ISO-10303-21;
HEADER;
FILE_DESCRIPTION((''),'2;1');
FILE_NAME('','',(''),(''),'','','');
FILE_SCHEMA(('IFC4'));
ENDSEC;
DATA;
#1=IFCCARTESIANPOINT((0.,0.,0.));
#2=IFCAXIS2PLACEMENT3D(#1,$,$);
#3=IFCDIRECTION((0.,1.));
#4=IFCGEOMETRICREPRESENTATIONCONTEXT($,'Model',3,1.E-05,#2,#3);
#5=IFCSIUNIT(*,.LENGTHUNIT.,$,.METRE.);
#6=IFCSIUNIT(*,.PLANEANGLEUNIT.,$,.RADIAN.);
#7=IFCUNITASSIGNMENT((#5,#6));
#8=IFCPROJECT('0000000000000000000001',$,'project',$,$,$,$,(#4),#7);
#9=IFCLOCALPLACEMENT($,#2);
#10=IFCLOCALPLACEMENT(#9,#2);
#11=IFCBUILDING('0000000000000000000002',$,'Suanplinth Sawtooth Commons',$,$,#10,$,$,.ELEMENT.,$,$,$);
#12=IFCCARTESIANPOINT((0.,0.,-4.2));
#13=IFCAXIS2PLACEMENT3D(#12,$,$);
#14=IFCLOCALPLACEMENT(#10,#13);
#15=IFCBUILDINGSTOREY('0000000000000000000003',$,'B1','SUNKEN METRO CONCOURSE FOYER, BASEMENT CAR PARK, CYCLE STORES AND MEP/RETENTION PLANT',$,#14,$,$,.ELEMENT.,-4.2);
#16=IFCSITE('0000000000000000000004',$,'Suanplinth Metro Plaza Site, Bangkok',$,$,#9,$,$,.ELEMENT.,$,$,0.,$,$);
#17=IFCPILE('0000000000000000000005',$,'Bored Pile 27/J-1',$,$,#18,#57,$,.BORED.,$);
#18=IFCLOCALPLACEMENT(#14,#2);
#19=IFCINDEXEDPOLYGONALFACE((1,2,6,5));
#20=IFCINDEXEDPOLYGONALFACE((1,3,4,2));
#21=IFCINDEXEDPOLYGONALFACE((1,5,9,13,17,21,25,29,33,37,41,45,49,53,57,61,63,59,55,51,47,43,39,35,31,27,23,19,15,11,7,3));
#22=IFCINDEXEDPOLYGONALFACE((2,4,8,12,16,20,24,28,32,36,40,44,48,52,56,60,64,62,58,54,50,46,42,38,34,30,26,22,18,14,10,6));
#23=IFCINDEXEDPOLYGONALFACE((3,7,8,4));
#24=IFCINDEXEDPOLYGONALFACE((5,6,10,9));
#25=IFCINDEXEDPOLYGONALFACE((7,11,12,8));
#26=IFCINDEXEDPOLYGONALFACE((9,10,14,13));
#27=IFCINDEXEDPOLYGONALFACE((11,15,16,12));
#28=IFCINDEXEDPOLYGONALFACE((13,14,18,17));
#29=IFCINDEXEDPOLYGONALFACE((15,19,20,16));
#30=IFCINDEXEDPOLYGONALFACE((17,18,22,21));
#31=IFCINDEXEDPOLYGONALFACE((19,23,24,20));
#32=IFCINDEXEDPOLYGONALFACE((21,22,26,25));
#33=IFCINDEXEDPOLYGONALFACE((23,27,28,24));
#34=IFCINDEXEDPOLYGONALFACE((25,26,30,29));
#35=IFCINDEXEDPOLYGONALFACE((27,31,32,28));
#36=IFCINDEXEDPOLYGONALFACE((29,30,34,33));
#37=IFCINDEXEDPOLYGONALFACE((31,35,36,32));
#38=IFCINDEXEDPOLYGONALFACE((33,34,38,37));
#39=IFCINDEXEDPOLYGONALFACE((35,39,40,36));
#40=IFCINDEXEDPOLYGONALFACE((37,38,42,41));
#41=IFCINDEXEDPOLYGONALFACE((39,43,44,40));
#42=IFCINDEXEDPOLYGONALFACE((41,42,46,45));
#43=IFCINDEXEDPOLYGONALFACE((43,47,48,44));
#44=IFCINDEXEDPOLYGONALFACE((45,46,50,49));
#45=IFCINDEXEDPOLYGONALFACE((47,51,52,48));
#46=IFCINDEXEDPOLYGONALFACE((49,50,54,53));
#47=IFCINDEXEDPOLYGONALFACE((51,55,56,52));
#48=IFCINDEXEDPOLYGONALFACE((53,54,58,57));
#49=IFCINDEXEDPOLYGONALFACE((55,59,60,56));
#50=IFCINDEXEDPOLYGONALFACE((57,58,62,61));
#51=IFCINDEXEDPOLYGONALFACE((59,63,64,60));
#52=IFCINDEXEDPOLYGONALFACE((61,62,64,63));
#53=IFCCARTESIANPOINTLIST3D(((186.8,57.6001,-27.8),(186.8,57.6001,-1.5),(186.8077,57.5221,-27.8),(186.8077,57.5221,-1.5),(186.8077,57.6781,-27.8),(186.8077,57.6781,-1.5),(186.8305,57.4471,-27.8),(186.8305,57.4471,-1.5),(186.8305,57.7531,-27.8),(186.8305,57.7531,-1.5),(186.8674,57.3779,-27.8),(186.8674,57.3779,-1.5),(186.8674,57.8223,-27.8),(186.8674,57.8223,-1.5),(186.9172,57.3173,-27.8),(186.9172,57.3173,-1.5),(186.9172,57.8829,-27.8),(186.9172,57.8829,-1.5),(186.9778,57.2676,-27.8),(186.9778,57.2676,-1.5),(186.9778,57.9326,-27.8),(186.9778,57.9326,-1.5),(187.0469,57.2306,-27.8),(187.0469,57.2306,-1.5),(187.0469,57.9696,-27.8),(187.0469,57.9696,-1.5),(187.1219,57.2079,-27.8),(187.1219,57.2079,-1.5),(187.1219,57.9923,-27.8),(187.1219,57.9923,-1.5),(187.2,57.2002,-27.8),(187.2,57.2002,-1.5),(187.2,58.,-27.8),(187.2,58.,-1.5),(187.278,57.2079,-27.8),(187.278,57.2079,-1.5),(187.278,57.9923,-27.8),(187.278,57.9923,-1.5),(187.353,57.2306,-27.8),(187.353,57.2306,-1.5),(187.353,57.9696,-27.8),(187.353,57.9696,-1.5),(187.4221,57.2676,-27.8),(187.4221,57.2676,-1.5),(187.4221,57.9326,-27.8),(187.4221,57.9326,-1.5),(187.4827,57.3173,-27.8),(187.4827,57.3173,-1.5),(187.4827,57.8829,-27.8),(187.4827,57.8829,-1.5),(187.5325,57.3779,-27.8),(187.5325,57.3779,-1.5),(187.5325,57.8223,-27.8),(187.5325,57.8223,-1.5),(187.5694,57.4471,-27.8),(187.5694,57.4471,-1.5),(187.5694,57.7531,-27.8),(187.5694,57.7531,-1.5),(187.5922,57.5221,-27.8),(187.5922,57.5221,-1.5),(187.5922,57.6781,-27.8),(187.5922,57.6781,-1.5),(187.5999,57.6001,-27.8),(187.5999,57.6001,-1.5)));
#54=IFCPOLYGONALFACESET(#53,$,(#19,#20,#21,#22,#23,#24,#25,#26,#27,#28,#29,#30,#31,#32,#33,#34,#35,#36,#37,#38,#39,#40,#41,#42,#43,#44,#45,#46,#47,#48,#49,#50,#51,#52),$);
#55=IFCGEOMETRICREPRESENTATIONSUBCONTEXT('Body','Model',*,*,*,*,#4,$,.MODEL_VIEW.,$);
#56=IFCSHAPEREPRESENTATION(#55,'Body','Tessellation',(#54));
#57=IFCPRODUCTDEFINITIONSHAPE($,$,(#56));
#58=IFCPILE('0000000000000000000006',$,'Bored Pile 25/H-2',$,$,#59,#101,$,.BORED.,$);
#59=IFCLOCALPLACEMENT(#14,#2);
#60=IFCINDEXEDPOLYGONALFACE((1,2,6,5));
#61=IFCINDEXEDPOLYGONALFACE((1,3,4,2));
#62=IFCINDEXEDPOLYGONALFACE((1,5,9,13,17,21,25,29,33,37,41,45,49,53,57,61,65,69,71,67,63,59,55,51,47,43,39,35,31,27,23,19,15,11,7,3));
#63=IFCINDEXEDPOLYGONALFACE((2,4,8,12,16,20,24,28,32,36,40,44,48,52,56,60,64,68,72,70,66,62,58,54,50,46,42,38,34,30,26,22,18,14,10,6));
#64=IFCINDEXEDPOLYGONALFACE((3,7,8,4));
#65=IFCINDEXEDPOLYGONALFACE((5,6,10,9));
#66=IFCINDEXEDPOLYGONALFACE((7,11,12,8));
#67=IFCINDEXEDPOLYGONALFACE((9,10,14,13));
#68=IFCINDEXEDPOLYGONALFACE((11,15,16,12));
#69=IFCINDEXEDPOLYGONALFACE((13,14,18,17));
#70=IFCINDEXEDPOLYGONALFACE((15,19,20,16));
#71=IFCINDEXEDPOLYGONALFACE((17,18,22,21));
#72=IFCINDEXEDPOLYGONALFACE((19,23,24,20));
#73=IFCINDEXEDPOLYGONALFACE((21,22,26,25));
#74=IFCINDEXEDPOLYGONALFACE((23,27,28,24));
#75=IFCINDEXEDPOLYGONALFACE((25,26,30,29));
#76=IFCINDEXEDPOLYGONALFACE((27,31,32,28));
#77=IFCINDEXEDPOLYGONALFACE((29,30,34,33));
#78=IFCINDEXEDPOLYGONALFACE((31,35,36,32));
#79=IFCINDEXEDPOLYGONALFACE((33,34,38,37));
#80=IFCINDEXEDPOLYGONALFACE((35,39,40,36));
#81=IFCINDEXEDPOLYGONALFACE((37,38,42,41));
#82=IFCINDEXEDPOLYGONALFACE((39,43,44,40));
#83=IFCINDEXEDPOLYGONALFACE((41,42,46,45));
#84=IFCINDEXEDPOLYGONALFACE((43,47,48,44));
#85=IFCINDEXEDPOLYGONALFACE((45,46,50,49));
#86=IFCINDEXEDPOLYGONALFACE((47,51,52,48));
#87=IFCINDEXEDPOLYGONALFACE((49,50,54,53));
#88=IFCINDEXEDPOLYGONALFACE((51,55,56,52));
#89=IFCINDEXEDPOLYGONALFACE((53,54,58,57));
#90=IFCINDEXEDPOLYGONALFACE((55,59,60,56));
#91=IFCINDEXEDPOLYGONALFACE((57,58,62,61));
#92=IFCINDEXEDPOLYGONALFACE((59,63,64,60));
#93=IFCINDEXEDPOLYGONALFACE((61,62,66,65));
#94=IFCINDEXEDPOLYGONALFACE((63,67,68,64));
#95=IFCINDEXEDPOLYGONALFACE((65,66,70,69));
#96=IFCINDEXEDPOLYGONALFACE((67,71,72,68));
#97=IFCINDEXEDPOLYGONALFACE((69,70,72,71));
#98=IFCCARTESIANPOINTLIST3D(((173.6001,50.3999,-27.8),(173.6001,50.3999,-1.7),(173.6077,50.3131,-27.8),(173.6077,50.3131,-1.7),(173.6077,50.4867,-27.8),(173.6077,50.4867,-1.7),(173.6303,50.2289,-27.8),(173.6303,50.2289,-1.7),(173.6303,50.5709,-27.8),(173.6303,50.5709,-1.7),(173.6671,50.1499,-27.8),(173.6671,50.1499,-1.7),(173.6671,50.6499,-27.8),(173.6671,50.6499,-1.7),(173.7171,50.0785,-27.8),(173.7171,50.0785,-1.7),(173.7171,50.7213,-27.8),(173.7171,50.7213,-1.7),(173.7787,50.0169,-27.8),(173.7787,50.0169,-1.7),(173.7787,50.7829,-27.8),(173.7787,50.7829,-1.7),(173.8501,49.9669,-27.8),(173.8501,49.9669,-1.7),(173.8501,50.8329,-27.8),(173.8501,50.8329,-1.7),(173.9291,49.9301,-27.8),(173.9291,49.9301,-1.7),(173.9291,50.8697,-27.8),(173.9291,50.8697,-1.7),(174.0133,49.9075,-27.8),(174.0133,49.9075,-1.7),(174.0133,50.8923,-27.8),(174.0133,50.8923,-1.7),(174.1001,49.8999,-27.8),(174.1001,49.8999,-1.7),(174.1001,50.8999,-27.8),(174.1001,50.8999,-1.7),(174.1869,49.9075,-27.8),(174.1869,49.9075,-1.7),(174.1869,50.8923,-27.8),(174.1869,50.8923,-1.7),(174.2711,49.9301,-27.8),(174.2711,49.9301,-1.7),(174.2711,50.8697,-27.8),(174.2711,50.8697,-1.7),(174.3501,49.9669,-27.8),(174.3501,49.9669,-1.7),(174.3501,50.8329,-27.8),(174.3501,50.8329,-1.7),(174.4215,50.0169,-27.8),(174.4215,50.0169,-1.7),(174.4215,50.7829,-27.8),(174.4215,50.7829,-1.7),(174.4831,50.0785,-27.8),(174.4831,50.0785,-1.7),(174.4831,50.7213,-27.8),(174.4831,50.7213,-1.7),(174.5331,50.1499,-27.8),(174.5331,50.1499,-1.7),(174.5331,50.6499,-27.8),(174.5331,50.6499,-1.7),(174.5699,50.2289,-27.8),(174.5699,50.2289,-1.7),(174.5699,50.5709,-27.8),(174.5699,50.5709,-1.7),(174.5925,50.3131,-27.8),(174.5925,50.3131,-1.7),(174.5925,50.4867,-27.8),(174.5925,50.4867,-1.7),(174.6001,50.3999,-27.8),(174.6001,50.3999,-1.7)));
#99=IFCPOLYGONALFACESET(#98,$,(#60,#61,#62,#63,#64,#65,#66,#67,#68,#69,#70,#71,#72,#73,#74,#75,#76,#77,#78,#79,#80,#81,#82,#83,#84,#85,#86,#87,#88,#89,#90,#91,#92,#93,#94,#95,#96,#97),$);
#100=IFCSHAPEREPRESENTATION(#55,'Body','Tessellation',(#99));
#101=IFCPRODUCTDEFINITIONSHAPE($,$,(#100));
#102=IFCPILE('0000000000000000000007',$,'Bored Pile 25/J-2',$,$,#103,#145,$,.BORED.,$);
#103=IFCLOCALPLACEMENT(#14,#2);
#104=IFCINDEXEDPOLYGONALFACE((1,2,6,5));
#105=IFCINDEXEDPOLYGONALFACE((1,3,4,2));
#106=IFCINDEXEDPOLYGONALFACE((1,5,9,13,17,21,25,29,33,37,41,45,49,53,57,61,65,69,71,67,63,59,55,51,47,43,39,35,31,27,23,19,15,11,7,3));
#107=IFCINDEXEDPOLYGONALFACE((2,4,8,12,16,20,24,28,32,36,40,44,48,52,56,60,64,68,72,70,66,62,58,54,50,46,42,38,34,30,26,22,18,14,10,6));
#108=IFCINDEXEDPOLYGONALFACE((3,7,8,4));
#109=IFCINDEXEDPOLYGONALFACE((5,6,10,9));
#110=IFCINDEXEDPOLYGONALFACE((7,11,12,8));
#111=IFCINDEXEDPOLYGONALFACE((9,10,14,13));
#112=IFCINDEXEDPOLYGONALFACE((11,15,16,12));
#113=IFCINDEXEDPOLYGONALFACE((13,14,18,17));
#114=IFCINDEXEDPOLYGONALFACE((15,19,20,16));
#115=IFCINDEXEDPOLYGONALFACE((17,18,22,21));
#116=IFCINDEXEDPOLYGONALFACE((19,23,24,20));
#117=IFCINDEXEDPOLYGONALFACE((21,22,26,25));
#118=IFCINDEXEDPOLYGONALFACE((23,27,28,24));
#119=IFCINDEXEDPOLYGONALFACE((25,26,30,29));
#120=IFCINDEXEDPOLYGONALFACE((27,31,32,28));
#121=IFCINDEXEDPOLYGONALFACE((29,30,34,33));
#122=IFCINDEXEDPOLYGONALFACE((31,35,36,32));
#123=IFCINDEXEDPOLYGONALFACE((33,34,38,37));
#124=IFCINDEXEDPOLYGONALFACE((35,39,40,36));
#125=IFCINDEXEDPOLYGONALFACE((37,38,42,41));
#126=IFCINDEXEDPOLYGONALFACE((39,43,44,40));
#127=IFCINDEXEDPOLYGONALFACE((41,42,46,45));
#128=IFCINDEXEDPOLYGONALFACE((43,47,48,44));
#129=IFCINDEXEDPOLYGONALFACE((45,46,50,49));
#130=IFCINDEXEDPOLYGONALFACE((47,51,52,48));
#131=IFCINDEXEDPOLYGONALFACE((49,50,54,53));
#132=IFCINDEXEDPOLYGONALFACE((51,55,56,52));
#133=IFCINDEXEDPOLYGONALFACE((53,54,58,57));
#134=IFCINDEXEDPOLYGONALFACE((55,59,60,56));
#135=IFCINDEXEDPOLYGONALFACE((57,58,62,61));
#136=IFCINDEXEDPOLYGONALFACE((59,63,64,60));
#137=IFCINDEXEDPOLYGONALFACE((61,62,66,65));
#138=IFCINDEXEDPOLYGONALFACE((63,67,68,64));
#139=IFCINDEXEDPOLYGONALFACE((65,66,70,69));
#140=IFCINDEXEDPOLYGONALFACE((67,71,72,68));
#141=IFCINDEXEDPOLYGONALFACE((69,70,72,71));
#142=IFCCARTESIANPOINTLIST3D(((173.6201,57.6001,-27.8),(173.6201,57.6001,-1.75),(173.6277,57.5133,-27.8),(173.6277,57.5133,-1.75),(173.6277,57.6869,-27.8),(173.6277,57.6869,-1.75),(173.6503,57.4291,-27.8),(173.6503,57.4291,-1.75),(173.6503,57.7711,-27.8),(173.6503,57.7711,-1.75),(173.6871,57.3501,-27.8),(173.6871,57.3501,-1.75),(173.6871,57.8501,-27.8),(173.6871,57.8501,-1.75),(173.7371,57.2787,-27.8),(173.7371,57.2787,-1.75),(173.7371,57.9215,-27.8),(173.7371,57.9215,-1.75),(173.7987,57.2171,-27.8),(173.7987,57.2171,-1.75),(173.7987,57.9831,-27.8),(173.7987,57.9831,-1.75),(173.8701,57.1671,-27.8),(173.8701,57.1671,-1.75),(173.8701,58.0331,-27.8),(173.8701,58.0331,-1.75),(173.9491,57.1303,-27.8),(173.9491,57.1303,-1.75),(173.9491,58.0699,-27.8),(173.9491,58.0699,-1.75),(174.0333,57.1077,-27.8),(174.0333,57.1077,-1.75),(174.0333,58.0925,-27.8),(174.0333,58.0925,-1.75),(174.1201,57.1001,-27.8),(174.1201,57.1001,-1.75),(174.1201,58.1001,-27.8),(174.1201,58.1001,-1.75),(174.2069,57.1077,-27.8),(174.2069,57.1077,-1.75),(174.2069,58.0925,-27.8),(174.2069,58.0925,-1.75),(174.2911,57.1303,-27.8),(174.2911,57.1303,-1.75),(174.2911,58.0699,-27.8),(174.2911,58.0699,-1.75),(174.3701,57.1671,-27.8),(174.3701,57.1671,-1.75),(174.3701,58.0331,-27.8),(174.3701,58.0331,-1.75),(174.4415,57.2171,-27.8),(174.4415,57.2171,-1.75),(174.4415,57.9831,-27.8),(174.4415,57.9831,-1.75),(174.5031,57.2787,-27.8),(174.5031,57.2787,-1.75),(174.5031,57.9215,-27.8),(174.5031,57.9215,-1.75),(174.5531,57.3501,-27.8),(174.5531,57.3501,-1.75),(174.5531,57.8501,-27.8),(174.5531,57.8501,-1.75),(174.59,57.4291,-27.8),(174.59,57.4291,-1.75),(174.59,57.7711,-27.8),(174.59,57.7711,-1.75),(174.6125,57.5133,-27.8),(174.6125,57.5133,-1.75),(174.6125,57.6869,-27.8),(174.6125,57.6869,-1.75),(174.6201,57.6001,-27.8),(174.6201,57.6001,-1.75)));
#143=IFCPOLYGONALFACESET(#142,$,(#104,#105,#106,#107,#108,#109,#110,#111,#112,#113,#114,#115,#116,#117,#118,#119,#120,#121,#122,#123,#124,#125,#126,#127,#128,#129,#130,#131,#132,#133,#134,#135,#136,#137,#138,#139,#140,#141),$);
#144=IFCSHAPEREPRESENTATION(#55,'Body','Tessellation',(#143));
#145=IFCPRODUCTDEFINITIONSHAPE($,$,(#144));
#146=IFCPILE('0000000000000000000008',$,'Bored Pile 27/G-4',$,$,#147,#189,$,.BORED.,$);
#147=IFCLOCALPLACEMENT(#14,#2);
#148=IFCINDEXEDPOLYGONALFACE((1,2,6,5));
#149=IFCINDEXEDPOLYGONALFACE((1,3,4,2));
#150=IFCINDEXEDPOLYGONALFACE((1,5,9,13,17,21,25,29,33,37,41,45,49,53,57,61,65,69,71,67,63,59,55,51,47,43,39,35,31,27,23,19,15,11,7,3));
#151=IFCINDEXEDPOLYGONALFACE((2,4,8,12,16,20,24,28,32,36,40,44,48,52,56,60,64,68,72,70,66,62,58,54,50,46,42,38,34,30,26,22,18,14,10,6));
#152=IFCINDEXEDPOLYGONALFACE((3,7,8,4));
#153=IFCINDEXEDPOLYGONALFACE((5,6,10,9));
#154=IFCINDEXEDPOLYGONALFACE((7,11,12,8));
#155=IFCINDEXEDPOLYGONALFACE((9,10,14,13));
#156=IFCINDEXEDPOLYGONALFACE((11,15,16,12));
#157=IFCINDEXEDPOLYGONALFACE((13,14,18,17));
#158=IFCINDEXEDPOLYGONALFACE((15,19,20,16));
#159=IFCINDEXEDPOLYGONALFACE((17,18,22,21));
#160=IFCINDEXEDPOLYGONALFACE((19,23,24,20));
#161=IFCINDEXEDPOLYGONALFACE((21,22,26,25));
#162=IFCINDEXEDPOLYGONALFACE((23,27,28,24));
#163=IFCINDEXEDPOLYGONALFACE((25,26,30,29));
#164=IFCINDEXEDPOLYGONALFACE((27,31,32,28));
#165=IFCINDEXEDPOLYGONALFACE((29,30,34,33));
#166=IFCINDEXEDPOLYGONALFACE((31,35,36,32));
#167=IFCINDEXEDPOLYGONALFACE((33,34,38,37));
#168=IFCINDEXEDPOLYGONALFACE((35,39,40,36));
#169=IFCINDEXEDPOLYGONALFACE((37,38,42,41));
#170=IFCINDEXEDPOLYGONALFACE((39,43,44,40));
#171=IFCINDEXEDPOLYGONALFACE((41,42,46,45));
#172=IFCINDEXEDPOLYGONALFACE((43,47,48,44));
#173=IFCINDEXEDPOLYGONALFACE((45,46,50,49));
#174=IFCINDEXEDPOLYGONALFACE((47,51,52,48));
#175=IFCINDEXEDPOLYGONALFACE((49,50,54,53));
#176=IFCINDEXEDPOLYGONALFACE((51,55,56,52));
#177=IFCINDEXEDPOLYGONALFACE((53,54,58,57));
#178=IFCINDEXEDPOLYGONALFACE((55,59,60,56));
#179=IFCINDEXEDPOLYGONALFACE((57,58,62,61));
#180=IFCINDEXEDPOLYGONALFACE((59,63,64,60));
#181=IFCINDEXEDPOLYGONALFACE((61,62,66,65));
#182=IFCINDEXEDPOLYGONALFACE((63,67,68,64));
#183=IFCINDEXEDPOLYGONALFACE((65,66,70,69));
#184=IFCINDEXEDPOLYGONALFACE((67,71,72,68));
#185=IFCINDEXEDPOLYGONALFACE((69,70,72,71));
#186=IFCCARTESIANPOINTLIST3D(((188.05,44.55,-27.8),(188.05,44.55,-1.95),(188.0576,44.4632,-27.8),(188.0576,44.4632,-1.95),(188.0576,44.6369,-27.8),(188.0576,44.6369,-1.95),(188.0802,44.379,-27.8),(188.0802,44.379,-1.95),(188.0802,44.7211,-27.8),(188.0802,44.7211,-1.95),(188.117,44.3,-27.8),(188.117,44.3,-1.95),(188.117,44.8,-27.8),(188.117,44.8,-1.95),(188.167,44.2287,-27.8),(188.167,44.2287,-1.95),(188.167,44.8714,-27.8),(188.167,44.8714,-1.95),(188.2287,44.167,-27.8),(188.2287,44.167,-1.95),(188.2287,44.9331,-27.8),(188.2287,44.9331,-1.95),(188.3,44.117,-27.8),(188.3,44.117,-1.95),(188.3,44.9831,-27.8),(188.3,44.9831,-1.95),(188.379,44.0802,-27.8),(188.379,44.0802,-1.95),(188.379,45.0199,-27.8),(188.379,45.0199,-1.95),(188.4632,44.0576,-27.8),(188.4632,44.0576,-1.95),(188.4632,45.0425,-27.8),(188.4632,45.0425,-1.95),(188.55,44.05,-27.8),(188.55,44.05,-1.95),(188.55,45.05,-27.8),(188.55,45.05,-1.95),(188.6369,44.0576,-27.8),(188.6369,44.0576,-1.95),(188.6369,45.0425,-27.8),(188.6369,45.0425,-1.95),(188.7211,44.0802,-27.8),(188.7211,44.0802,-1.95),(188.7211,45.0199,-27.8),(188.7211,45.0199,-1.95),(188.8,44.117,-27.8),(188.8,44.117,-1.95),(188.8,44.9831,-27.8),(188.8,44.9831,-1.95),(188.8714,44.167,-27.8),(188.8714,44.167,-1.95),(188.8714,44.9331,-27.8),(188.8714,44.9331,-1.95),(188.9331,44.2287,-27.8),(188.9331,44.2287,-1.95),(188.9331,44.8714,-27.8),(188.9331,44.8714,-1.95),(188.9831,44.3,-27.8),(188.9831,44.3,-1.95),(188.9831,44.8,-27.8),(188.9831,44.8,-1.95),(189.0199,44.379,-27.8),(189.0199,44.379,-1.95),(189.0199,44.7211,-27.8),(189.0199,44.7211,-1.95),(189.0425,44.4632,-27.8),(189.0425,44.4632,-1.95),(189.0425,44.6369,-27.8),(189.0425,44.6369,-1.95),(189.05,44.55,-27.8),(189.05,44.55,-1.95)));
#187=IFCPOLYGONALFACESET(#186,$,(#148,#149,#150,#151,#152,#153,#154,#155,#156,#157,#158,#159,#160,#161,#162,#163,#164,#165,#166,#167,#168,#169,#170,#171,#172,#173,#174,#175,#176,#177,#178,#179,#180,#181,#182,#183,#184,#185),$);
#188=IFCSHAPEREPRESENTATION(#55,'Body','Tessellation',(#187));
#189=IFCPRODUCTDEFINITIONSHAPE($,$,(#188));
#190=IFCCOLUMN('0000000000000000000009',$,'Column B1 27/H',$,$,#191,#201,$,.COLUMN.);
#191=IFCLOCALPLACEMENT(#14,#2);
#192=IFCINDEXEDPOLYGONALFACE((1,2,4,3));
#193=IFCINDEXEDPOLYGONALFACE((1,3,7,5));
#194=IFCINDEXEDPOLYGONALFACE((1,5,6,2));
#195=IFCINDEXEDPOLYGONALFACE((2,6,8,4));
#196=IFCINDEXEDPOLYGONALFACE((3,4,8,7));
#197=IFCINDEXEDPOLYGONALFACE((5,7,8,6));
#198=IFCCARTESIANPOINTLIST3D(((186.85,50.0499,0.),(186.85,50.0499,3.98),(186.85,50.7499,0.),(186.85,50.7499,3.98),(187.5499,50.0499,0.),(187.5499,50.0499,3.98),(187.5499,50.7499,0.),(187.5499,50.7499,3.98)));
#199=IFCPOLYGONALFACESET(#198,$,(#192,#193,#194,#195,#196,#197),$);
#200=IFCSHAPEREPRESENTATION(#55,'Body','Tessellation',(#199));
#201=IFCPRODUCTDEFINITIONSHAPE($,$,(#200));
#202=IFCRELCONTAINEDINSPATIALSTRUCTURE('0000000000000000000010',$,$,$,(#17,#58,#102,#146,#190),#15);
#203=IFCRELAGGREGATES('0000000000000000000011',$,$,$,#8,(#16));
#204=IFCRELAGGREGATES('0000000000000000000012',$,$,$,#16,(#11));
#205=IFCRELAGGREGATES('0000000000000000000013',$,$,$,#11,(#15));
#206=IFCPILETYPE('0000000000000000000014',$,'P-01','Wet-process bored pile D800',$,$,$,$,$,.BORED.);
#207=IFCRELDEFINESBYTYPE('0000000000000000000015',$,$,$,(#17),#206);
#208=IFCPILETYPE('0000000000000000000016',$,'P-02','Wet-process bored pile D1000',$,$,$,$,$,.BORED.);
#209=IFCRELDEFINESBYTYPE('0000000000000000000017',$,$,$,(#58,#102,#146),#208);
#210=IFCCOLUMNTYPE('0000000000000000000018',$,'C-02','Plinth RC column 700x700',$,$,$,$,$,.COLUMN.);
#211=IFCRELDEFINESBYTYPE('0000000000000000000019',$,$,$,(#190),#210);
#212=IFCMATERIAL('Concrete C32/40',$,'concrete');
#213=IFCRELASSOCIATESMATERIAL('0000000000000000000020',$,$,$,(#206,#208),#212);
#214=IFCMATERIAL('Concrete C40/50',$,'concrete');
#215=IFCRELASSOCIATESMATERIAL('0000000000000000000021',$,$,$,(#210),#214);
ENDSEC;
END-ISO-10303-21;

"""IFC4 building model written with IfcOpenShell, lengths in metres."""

from ifc_helpers import new_model, si_unit, direction, frame, origin, origin_2d, place, context, subcontext, project, spatial, rectangle, circle, extrude, material, material_profile, profile_set, type_object, element, save


model = new_model("IFC4")

# Units and contexts
model_context = context("Model", 3, precision=1e-05, world=origin(), true_north=direction((0.0, 1.0)))
body_context = subcontext(model_context, "Body", "Model", "MODEL_VIEW")
ifc_project = project(units=[si_unit("LENGTHUNIT", "METRE"), si_unit("PLANEANGLEUNIT", "RADIAN")], contexts=[model_context])

# Site, building, storey
site_placement = place(None, origin())
site = spatial("IfcSite", under=ifc_project, at=site_placement, Name="Suanplinth Metro Plaza Site, Bangkok", CompositionType="ELEMENT", RefElevation=0.0)
building_placement = place(site_placement, origin())
building = spatial("IfcBuilding", under=site, at=building_placement, Name="Suanplinth Sawtooth Commons", CompositionType="ELEMENT")
storey_placement = place(building_placement, frame((0.0, 0.0, -4.2)))
storey = spatial("IfcBuildingStorey", under=building, at=storey_placement, Name="B1", Description="SUNKEN METRO CONCOURSE FOYER, BASEMENT CAR PARK, CYCLE STORES AND MEP/RETENTION PLANT", CompositionType="ELEMENT", Elevation=-4.2)

# Piles
ifc_material_1 = material(Name="Concrete C32/40", Category="concrete")
ifc_material_profile_1 = material_profile(ifc_material_1, circle(Radius=0.3999, at=origin_2d()), Name="PILE D800")
ifc_profile_set_1 = profile_set([ifc_material_profile_1], Name="Concrete C32/40")
pile_type_1 = type_object("IfcPileType", Name="P-01", Description="Wet-process bored pile D800", PredefinedType="BORED", material=ifc_profile_set_1)
pile_1_placement = place(storey_placement, frame((187.2, 57.6001, -1.5), z_axis=(0.0, 0.0, -1.0), x_axis=(1.0, 0.0, 0.0)))
element("IfcPile", 1, at=pile_1_placement, inside=storey, type_object=pile_type_1, Name="Bored Pile 27/J-1", PredefinedType="BORED", context=body_context, shape_type="SweptSolid", body=[
    extrude(circle(Radius=0.3999, at=origin_2d()), origin(), (0.0, 0.0, 1.0), 26.3),
])
ifc_material_profile_2 = material_profile(ifc_material_1, circle(Radius=0.5, at=origin_2d()), Name="PILE D1000")
ifc_profile_set_2 = profile_set([ifc_material_profile_2], Name="Concrete C32/40")
pile_type_2 = type_object("IfcPileType", Name="P-02", Description="Wet-process bored pile D1000", PredefinedType="BORED", material=ifc_profile_set_2)
pile_2_placement = place(storey_placement, frame((174.1001, 50.3999, -1.7), z_axis=(0.0, 0.0, -1.0), x_axis=(1.0, 0.0, 0.0)))
element("IfcPile", 2, at=pile_2_placement, inside=storey, type_object=pile_type_2, Name="Bored Pile 25/H-2", PredefinedType="BORED", context=body_context, shape_type="SweptSolid", body=[
    extrude(circle(Radius=0.5, at=origin_2d()), origin(), (0.0, 0.0, 1.0), 26.1001),
])
pile_3_placement = place(storey_placement, frame((174.1201, 57.6001, -1.75), z_axis=(0.0, 0.0, -1.0), x_axis=(1.0, 0.0, 0.0)))
element("IfcPile", 3, at=pile_3_placement, inside=storey, type_object=pile_type_2, Name="Bored Pile 25/J-2", PredefinedType="BORED", context=body_context, shape_type="SweptSolid", body=[
    extrude(circle(Radius=0.5, at=origin_2d()), origin(), (0.0, 0.0, 1.0), 26.05),
])
pile_4_placement = place(storey_placement, frame((188.55, 44.55, -1.95), z_axis=(0.0, 0.0, -1.0), x_axis=(1.0, 0.0, 0.0)))
element("IfcPile", 4, at=pile_4_placement, inside=storey, type_object=pile_type_2, Name="Bored Pile 27/G-4", PredefinedType="BORED", context=body_context, shape_type="SweptSolid", body=[
    extrude(circle(Radius=0.5, at=origin_2d()), origin(), (0.0, 0.0, 1.0), 25.8501),
])

# Column
ifc_material_2 = material(Name="Concrete C40/50", Category="concrete")
ifc_material_profile_3 = material_profile(ifc_material_2, rectangle(XDim=0.7, YDim=0.7, at=origin_2d()), Name="RC-COL 700x700")
ifc_profile_set_3 = profile_set([ifc_material_profile_3], Name="Concrete C40/50")
column_type_1 = type_object("IfcColumnType", Name="C-02", Description="Plinth RC column 700x700", PredefinedType="COLUMN", material=ifc_profile_set_3)
for number, where, z_axis, x_axis, name in (
    (5, (187.2, 50.3999, 0.0), (0.0, 0.0, 1.0), (1.0, 0.0, 0.0), "Column B1 27/H"),
):
    element("IfcColumn", number, at=place(storey_placement, frame(where, z_axis=z_axis, x_axis=x_axis)), inside=storey, type_object=column_type_1, Name=name, PredefinedType="COLUMN", context=body_context, shape_type="SweptSolid", body=[
        extrude(rectangle(XDim=0.7, YDim=0.7, at=origin_2d()), origin(), (0.0, 0.0, 1.0), 3.98),
    ])

save(model, "model.ifc")
